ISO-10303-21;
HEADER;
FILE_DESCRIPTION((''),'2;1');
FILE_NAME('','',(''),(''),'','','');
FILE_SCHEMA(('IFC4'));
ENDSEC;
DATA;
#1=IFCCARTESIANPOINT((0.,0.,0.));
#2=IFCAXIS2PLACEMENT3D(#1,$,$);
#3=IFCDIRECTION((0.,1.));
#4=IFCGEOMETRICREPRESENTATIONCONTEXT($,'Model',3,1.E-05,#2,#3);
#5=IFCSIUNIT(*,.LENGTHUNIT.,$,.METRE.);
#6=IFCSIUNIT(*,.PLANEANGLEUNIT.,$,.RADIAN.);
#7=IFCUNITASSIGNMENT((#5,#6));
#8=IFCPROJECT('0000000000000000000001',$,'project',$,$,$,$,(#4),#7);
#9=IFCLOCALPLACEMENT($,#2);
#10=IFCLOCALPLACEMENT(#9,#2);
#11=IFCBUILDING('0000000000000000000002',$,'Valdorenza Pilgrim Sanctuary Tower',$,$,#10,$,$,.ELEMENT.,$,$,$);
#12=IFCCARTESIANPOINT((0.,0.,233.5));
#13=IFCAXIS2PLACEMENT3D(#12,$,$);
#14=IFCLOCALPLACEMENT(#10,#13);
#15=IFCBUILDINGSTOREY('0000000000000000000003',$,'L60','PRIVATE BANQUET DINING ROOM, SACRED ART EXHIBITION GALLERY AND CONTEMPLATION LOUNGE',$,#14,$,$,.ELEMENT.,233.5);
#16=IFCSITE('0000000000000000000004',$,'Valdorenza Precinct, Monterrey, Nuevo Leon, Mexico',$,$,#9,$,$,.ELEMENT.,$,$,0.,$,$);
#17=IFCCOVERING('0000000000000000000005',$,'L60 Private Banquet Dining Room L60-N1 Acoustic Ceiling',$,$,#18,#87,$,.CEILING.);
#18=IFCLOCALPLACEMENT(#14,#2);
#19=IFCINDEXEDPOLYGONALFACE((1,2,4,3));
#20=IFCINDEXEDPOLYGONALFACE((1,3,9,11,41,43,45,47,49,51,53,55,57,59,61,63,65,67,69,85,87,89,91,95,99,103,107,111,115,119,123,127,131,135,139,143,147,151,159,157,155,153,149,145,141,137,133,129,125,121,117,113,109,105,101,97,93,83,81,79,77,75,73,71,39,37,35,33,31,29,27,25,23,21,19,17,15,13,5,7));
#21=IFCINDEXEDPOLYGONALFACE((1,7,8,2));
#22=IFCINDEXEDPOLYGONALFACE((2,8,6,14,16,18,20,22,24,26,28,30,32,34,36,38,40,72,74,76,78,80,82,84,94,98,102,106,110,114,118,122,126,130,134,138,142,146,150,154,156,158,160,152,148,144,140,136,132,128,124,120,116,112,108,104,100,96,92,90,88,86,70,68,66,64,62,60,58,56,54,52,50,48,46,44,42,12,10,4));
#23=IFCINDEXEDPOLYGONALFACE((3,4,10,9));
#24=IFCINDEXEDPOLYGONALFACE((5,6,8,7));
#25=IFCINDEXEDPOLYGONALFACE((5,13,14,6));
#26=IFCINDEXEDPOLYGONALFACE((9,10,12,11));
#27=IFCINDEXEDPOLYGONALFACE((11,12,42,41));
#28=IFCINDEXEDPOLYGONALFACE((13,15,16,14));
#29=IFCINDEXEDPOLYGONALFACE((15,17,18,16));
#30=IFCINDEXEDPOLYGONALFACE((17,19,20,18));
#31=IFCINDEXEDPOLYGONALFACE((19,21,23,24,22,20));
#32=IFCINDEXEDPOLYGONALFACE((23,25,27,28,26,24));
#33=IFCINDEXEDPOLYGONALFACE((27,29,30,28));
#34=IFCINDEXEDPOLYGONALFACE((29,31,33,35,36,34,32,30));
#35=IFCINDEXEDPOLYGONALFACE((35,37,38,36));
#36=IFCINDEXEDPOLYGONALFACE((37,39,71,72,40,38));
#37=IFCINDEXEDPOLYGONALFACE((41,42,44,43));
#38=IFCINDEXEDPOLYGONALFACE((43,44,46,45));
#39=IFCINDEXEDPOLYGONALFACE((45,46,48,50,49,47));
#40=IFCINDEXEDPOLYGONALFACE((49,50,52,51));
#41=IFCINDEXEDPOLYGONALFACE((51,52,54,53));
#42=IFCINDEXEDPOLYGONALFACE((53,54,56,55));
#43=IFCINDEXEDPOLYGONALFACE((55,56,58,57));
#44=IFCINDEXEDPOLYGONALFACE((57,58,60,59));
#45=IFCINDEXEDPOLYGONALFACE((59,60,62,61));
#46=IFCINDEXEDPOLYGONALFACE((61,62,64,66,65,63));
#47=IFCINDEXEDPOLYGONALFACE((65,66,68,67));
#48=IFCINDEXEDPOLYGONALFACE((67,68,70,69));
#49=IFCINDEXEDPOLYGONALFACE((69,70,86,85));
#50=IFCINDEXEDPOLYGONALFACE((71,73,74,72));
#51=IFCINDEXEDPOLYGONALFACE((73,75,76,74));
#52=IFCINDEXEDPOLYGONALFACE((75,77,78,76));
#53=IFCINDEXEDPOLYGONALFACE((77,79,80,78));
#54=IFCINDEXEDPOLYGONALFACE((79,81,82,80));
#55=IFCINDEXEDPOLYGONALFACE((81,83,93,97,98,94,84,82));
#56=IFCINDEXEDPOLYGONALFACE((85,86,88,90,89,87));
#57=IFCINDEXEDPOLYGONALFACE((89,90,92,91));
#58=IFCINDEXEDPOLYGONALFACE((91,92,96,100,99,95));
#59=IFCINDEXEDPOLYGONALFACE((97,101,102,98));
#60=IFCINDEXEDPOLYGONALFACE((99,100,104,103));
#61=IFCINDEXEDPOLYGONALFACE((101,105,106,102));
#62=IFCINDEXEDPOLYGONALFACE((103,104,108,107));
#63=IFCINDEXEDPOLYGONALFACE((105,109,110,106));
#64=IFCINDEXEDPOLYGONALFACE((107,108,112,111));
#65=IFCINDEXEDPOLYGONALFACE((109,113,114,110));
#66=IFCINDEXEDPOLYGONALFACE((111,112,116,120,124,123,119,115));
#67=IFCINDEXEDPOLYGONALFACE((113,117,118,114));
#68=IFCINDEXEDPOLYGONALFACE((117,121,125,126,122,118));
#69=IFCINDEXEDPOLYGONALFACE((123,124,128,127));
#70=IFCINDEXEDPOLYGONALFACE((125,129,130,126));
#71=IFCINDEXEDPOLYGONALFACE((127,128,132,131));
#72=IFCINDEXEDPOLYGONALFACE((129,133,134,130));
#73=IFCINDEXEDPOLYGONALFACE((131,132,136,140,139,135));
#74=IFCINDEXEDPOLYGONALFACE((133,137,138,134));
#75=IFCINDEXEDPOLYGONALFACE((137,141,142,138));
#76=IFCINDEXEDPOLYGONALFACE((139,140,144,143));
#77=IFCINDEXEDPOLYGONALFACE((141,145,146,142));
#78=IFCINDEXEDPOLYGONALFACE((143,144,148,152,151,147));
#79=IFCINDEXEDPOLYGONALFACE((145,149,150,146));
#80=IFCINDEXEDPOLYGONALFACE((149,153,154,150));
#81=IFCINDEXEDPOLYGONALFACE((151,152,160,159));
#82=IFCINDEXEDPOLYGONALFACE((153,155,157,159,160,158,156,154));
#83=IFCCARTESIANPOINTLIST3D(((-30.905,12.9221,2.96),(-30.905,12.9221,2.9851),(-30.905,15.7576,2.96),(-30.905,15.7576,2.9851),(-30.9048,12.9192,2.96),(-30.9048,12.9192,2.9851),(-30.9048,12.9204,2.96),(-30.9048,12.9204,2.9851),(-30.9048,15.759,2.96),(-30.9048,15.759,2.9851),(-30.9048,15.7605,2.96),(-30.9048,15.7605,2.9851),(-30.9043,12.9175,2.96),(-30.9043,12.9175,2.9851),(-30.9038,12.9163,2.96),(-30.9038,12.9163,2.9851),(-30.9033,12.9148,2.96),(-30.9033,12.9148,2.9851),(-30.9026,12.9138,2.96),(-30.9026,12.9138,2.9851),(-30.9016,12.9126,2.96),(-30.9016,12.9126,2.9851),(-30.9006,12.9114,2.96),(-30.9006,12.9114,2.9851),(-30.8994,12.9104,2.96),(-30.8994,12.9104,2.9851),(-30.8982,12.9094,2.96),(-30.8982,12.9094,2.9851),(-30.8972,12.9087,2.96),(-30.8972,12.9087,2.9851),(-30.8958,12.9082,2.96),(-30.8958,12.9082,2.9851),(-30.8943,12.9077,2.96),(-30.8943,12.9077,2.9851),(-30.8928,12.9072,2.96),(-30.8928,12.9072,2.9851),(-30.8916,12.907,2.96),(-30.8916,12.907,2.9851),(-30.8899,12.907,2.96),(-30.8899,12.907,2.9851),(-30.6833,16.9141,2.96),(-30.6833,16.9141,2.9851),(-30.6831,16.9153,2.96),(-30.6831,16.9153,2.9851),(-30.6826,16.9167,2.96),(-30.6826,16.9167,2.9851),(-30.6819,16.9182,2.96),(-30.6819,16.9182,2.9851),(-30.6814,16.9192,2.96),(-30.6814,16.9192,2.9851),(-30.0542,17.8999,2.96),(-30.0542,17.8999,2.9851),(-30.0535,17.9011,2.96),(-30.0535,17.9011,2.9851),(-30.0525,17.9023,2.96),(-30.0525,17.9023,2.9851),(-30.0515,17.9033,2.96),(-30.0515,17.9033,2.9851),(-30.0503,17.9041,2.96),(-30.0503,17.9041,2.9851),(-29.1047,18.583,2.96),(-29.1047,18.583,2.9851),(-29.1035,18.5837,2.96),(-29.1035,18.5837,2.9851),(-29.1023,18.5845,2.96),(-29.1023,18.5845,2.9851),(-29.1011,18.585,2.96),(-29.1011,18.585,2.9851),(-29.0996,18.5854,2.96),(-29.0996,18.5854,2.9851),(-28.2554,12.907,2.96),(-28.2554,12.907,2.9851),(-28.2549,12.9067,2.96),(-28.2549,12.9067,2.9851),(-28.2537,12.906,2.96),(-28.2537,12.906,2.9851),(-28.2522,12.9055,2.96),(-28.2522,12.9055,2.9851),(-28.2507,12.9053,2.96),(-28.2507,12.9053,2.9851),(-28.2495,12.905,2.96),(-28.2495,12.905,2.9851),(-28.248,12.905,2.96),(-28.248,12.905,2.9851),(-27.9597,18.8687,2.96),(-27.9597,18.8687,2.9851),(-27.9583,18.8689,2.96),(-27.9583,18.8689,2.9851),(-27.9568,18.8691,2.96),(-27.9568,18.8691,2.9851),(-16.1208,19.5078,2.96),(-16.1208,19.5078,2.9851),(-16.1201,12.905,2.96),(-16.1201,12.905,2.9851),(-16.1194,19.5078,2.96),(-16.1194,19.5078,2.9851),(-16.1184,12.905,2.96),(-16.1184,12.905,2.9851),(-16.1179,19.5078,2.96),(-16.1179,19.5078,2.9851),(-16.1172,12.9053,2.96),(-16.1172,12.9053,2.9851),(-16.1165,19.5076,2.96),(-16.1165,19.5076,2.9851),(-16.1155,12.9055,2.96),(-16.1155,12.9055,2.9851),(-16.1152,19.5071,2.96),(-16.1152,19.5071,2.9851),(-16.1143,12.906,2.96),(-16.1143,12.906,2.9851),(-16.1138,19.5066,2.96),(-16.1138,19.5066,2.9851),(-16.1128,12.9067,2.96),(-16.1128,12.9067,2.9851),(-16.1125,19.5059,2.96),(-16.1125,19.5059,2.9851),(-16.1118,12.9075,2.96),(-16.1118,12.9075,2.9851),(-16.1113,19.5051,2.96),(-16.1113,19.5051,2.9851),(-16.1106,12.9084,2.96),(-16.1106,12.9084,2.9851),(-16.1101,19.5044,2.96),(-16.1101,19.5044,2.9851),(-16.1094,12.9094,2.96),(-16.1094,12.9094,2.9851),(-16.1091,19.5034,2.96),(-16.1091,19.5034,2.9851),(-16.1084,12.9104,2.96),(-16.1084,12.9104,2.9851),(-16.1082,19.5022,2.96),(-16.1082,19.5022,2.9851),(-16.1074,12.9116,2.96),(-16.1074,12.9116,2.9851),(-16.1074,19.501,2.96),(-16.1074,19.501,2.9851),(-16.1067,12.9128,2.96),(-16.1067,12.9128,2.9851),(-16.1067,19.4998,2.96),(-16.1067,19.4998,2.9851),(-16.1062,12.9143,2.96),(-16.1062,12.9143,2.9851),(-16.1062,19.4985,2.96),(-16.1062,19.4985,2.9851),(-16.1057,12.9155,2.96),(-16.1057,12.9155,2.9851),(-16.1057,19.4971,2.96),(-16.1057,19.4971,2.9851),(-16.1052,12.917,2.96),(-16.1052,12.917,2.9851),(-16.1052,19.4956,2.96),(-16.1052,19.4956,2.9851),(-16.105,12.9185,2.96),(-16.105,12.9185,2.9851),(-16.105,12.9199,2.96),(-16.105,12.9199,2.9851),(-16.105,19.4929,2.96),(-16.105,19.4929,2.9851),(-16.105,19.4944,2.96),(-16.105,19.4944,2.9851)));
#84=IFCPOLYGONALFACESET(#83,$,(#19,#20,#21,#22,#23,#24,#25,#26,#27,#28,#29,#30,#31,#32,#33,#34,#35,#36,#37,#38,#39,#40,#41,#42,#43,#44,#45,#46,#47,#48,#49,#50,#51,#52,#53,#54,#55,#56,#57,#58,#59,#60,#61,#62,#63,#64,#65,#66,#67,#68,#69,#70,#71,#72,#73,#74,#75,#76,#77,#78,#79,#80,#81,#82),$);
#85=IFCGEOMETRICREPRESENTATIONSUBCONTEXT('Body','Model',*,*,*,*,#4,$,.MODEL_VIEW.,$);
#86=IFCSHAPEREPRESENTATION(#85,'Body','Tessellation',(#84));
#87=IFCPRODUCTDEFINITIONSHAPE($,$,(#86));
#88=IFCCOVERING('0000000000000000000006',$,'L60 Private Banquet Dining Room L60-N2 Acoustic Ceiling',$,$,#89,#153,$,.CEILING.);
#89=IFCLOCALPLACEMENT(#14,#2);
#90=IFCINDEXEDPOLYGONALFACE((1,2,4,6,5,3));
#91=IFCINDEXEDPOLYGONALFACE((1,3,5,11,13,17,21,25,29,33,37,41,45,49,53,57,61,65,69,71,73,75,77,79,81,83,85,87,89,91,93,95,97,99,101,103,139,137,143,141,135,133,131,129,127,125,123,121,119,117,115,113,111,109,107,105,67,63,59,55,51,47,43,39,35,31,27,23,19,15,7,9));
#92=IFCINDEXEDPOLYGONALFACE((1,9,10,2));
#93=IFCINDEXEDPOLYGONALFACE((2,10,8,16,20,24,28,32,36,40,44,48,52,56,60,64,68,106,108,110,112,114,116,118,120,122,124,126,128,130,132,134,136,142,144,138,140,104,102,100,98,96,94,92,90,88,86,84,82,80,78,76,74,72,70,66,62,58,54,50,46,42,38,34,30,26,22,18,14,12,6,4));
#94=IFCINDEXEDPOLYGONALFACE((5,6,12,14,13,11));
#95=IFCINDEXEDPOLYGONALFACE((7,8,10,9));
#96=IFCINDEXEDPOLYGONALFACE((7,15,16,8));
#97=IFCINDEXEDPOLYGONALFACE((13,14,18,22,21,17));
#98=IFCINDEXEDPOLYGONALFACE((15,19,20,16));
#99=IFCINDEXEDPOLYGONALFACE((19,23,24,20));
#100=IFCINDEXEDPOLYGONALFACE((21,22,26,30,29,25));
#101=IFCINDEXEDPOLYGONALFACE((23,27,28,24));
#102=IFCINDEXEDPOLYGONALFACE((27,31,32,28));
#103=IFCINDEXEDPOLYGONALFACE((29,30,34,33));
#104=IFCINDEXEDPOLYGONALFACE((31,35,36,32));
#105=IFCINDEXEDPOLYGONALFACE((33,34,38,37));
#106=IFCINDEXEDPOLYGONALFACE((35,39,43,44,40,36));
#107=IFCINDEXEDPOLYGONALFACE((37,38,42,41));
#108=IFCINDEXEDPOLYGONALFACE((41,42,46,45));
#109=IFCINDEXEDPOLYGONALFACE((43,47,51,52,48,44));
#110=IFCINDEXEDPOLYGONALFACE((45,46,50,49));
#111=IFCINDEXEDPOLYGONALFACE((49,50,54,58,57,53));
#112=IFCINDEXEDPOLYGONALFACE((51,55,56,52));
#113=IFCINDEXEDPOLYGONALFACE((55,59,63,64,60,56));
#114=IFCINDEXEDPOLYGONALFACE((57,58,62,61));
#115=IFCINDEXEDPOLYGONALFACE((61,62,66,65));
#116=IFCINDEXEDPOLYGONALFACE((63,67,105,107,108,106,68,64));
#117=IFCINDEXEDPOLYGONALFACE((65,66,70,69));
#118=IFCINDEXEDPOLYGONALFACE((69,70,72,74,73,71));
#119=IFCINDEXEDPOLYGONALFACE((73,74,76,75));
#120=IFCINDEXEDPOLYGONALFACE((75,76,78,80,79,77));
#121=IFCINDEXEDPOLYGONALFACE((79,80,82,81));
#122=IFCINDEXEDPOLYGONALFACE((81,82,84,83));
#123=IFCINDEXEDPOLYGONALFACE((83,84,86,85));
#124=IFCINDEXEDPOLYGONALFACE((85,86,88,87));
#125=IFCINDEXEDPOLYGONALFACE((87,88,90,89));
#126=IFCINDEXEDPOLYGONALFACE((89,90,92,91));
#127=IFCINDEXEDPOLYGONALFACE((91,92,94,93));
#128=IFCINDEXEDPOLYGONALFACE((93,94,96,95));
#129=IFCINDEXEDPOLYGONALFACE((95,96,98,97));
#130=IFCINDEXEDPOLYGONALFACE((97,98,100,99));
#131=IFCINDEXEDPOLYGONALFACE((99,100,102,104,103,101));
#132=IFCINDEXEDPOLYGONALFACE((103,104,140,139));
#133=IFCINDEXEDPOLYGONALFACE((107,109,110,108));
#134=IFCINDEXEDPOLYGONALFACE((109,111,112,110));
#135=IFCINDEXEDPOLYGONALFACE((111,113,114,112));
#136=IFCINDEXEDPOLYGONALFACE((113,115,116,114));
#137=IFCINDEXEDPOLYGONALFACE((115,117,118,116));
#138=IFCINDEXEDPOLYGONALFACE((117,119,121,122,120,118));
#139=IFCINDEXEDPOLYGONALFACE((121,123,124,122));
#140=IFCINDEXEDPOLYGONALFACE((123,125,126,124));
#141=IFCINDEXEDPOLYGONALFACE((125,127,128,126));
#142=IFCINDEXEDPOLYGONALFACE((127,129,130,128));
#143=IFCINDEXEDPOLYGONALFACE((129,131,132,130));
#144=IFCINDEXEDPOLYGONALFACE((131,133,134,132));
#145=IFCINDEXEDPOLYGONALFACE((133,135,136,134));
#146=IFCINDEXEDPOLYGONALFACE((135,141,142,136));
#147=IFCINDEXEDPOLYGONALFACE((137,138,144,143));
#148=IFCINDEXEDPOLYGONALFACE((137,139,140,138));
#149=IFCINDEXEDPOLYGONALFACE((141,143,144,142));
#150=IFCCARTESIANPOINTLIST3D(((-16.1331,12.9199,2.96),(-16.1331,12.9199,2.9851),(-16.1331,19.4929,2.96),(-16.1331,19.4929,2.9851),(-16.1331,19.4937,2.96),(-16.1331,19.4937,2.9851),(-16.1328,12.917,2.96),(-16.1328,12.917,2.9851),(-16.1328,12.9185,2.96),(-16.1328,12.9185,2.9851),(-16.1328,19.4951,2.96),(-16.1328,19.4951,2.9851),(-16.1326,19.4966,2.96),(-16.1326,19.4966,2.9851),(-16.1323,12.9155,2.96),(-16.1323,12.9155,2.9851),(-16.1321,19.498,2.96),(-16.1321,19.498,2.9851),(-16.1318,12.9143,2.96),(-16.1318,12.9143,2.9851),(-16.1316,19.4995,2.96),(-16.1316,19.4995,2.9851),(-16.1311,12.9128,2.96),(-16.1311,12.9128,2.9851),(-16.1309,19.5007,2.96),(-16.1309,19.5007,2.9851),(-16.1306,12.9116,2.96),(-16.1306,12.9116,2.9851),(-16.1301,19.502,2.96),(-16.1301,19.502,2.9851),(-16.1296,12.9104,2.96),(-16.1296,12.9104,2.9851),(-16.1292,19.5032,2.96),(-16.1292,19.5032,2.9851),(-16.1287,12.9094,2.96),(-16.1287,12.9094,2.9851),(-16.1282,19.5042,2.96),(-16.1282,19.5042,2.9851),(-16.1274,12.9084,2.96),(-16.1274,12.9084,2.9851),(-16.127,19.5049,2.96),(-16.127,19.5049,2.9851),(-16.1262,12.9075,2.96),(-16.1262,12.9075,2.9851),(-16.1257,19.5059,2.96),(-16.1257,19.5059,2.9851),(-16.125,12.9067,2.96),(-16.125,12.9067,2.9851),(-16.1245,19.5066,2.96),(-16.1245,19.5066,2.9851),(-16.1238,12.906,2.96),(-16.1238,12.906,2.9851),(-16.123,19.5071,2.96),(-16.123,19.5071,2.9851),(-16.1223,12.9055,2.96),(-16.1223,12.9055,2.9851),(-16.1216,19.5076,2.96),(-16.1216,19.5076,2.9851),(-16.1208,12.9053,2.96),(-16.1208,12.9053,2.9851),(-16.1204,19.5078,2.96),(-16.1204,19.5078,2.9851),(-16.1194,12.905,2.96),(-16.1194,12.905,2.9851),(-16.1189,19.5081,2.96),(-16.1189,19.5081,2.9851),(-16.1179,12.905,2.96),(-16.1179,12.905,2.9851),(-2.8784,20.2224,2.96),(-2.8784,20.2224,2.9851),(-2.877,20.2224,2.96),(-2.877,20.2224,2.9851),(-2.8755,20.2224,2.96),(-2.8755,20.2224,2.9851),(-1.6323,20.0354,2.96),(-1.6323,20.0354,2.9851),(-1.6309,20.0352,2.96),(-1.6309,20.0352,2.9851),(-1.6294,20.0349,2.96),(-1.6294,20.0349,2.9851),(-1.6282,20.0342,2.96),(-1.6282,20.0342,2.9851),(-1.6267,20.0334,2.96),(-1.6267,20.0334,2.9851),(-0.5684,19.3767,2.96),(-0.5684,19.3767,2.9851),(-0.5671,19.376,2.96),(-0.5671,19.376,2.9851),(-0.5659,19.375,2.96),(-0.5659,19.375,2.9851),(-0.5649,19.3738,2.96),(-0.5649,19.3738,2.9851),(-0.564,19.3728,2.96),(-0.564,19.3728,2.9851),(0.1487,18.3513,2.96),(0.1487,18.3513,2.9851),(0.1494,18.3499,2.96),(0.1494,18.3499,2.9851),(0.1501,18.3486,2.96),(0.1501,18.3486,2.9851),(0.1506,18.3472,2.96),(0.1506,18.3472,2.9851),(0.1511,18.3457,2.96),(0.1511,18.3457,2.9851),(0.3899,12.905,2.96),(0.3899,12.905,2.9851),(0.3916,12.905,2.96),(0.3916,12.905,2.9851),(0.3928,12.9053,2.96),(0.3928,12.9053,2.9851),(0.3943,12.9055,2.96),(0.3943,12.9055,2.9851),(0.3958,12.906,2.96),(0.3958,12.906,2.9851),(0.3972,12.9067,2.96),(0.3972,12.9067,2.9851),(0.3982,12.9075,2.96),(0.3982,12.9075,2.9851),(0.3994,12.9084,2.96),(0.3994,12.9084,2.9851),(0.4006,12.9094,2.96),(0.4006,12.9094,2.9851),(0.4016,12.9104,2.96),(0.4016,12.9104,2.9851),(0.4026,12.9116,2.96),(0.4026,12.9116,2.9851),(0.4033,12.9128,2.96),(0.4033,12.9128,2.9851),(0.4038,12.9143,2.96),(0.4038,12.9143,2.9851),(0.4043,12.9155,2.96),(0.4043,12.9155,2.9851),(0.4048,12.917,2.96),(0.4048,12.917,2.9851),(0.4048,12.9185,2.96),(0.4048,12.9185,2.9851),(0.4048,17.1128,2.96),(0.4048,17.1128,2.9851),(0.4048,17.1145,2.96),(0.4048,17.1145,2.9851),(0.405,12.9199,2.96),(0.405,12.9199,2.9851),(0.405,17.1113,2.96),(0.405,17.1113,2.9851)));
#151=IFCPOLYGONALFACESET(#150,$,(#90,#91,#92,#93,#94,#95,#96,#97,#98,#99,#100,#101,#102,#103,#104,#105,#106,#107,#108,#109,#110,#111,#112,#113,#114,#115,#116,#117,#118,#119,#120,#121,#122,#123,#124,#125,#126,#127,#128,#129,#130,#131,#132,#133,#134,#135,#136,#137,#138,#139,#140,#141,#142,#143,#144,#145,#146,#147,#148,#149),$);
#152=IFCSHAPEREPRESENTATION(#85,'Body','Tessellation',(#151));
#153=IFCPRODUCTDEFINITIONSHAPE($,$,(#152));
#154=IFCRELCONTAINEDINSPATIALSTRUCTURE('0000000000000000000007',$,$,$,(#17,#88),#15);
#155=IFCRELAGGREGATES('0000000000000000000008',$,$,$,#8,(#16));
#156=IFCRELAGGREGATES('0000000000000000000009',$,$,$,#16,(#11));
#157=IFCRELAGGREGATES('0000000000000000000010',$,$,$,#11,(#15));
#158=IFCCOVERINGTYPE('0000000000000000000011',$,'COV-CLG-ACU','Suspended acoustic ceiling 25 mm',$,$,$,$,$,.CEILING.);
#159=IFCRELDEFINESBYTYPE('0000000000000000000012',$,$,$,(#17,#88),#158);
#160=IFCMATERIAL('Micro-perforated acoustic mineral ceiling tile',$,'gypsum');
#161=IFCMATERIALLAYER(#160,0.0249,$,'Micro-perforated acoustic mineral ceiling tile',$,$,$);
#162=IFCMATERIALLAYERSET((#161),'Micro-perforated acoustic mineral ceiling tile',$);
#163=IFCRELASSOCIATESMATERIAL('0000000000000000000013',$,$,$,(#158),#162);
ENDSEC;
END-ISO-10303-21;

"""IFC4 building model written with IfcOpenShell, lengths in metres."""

from ifc_helpers import new_model, si_unit, direction, frame, origin, place, context, subcontext, project, spatial, polyline, outline, extrude, material, layer, layer_set, type_object, element, save


model = new_model("IFC4")

# Units and contexts
model_context = context("Model", 3, precision=1e-05, world=origin(), true_north=direction((0.0, 1.0)))
body_context = subcontext(model_context, "Body", "Model", "MODEL_VIEW")
ifc_project = project(units=[si_unit("LENGTHUNIT", "METRE"), si_unit("PLANEANGLEUNIT", "RADIAN")], contexts=[model_context])

# Site, building, storey
site_placement = place(None, origin())
site = spatial("IfcSite", under=ifc_project, at=site_placement, Name="Valdorenza Precinct, Monterrey, Nuevo Leon, Mexico", CompositionType="ELEMENT", RefElevation=0.0)
building_placement = place(site_placement, origin())
building = spatial("IfcBuilding", under=site, at=building_placement, Name="Valdorenza Pilgrim Sanctuary Tower", CompositionType="ELEMENT")
storey_placement = place(building_placement, frame((0.0, 0.0, 233.5)))
storey = spatial("IfcBuildingStorey", under=building, at=storey_placement, Name="L60", Description="PRIVATE BANQUET DINING ROOM, SACRED ART EXHIBITION GALLERY AND CONTEMPLATION LOUNGE", CompositionType="ELEMENT", Elevation=233.5)

# Coverings
ifc_material_1 = material(Name="Micro-perforated acoustic mineral ceiling tile", Category="gypsum")
ifc_layer_1 = layer(ifc_material_1, 0.0249, Name="Micro-perforated acoustic mineral ceiling tile")
ifc_layer_set_1 = layer_set([ifc_layer_1], Name="Micro-perforated acoustic mineral ceiling tile")
covering_type_1 = type_object("IfcCoveringType", Name="COV-CLG-ACU", Description="Suspended acoustic ceiling 25 mm", PredefinedType="CEILING", material=ifc_layer_set_1)
covering_1_placement = place(storey_placement, frame((0.0, 0.0, 2.96)))
element("IfcCovering", 1, at=covering_1_placement, inside=storey, type_object=covering_type_1, Name="L60 Private Banquet Dining Room L60-N1 Acoustic Ceiling", PredefinedType="CEILING", context=body_context, shape_type="SweptSolid", body=[
    extrude(outline(polyline([(-28.2554, 12.907), (-30.8899, 12.907), (-30.8916, 12.907), (-30.8928, 12.9072), (-30.8943, 12.9077), (-30.8958, 12.9082), (-30.8972, 12.9087), (-30.8982, 12.9094), (-30.8994, 12.9104), (-30.9006, 12.9114), (-30.9016, 12.9126), (-30.9026, 12.9138), (-30.9033, 12.9148), (-30.9038, 12.9163), (-30.9043, 12.9175), (-30.9048, 12.9192), (-30.9048, 12.9204), (-30.905, 12.9221), (-30.905, 15.7576), (-30.9048, 15.759), (-30.9048, 15.7605), (-30.6833, 16.9141), (-30.6831, 16.9153), (-30.6826, 16.9167), (-30.6819, 16.9182), (-30.6814, 16.9192), (-30.0542, 17.8999), (-30.0535, 17.9011), (-30.0525, 17.9023), (-30.0515, 17.9033), (-30.0503, 17.9041), (-29.1047, 18.583), (-29.1035, 18.5837), (-29.1023, 18.5845), (-29.1011, 18.585), (-29.0996, 18.5854), (-27.9597, 18.8687), (-27.9583, 18.8689), (-27.9568, 18.8691), (-16.1208, 19.5078), (-16.1194, 19.5078), (-16.1179, 19.5078), (-16.1165, 19.5076), (-16.1152, 19.5071), (-16.1138, 19.5066), (-16.1125, 19.5059), (-16.1113, 19.5051), (-16.1101, 19.5044), (-16.1091, 19.5034), (-16.1082, 19.5022), (-16.1074, 19.501), (-16.1067, 19.4998), (-16.1062, 19.4985), (-16.1057, 19.4971), (-16.1052, 19.4956), (-16.105, 19.4944), (-16.105, 19.4929), (-16.105, 12.9199), (-16.105, 12.9185), (-16.1052, 12.917), (-16.1057, 12.9155), (-16.1062, 12.9143), (-16.1067, 12.9128), (-16.1074, 12.9116), (-16.1084, 12.9104), (-16.1094, 12.9094), (-16.1106, 12.9084), (-16.1118, 12.9075), (-16.1128, 12.9067), (-16.1143, 12.906), (-16.1155, 12.9055), (-16.1172, 12.9053), (-16.1184, 12.905), (-16.1201, 12.905), (-28.248, 12.905), (-28.2495, 12.905), (-28.2507, 12.9053), (-28.2522, 12.9055), (-28.2537, 12.906), (-28.2549, 12.9067), (-28.2554, 12.907)])), origin(), (0.0, 0.0, 1.0), 0.0251),
])
covering_2_placement = place(storey_placement, frame((0.0, 0.0, 2.96)))
element("IfcCovering", 2, at=covering_2_placement, inside=storey, type_object=covering_type_1, Name="L60 Private Banquet Dining Room L60-N2 Acoustic Ceiling", PredefinedType="CEILING", context=body_context, shape_type="SweptSolid", body=[
    extrude(outline(polyline([(-16.1331, 19.4929), (-16.1331, 19.4937), (-16.1328, 19.4951), (-16.1326, 19.4966), (-16.1321, 19.498), (-16.1316, 19.4995), (-16.1309, 19.5007), (-16.1301, 19.502), (-16.1292, 19.5032), (-16.1282, 19.5042), (-16.127, 19.5049), (-16.1257, 19.5059), (-16.1245, 19.5066), (-16.123, 19.5071), (-16.1216, 19.5076), (-16.1204, 19.5078), (-16.1189, 19.5081), (-2.8784, 20.2224), (-2.877, 20.2224), (-2.8755, 20.2224), (-1.6323, 20.0354), (-1.6309, 20.0352), (-1.6294, 20.0349), (-1.6282, 20.0342), (-1.6267, 20.0334), (-0.5684, 19.3767), (-0.5671, 19.376), (-0.5659, 19.375), (-0.5649, 19.3738), (-0.564, 19.3728), (0.1487, 18.3513), (0.1494, 18.3499), (0.1501, 18.3486), (0.1506, 18.3472), (0.1511, 18.3457), (0.4048, 17.1145), (0.4048, 17.1128), (0.405, 17.1113), (0.405, 12.9199), (0.4048, 12.9185), (0.4048, 12.917), (0.4043, 12.9155), (0.4038, 12.9143), (0.4033, 12.9128), (0.4026, 12.9116), (0.4016, 12.9104), (0.4006, 12.9094), (0.3994, 12.9084), (0.3982, 12.9075), (0.3972, 12.9067), (0.3958, 12.906), (0.3943, 12.9055), (0.3928, 12.9053), (0.3916, 12.905), (0.3899, 12.905), (-16.1179, 12.905), (-16.1194, 12.905), (-16.1208, 12.9053), (-16.1223, 12.9055), (-16.1238, 12.906), (-16.125, 12.9067), (-16.1262, 12.9075), (-16.1274, 12.9084), (-16.1287, 12.9094), (-16.1296, 12.9104), (-16.1306, 12.9116), (-16.1311, 12.9128), (-16.1318, 12.9143), (-16.1323, 12.9155), (-16.1328, 12.917), (-16.1328, 12.9185), (-16.1331, 12.9199), (-16.1331, 19.4929), (-16.1331, 19.4929)])), origin(), (0.0, 0.0, 1.0), 0.0251),
])

save(model, "model.ifc")
